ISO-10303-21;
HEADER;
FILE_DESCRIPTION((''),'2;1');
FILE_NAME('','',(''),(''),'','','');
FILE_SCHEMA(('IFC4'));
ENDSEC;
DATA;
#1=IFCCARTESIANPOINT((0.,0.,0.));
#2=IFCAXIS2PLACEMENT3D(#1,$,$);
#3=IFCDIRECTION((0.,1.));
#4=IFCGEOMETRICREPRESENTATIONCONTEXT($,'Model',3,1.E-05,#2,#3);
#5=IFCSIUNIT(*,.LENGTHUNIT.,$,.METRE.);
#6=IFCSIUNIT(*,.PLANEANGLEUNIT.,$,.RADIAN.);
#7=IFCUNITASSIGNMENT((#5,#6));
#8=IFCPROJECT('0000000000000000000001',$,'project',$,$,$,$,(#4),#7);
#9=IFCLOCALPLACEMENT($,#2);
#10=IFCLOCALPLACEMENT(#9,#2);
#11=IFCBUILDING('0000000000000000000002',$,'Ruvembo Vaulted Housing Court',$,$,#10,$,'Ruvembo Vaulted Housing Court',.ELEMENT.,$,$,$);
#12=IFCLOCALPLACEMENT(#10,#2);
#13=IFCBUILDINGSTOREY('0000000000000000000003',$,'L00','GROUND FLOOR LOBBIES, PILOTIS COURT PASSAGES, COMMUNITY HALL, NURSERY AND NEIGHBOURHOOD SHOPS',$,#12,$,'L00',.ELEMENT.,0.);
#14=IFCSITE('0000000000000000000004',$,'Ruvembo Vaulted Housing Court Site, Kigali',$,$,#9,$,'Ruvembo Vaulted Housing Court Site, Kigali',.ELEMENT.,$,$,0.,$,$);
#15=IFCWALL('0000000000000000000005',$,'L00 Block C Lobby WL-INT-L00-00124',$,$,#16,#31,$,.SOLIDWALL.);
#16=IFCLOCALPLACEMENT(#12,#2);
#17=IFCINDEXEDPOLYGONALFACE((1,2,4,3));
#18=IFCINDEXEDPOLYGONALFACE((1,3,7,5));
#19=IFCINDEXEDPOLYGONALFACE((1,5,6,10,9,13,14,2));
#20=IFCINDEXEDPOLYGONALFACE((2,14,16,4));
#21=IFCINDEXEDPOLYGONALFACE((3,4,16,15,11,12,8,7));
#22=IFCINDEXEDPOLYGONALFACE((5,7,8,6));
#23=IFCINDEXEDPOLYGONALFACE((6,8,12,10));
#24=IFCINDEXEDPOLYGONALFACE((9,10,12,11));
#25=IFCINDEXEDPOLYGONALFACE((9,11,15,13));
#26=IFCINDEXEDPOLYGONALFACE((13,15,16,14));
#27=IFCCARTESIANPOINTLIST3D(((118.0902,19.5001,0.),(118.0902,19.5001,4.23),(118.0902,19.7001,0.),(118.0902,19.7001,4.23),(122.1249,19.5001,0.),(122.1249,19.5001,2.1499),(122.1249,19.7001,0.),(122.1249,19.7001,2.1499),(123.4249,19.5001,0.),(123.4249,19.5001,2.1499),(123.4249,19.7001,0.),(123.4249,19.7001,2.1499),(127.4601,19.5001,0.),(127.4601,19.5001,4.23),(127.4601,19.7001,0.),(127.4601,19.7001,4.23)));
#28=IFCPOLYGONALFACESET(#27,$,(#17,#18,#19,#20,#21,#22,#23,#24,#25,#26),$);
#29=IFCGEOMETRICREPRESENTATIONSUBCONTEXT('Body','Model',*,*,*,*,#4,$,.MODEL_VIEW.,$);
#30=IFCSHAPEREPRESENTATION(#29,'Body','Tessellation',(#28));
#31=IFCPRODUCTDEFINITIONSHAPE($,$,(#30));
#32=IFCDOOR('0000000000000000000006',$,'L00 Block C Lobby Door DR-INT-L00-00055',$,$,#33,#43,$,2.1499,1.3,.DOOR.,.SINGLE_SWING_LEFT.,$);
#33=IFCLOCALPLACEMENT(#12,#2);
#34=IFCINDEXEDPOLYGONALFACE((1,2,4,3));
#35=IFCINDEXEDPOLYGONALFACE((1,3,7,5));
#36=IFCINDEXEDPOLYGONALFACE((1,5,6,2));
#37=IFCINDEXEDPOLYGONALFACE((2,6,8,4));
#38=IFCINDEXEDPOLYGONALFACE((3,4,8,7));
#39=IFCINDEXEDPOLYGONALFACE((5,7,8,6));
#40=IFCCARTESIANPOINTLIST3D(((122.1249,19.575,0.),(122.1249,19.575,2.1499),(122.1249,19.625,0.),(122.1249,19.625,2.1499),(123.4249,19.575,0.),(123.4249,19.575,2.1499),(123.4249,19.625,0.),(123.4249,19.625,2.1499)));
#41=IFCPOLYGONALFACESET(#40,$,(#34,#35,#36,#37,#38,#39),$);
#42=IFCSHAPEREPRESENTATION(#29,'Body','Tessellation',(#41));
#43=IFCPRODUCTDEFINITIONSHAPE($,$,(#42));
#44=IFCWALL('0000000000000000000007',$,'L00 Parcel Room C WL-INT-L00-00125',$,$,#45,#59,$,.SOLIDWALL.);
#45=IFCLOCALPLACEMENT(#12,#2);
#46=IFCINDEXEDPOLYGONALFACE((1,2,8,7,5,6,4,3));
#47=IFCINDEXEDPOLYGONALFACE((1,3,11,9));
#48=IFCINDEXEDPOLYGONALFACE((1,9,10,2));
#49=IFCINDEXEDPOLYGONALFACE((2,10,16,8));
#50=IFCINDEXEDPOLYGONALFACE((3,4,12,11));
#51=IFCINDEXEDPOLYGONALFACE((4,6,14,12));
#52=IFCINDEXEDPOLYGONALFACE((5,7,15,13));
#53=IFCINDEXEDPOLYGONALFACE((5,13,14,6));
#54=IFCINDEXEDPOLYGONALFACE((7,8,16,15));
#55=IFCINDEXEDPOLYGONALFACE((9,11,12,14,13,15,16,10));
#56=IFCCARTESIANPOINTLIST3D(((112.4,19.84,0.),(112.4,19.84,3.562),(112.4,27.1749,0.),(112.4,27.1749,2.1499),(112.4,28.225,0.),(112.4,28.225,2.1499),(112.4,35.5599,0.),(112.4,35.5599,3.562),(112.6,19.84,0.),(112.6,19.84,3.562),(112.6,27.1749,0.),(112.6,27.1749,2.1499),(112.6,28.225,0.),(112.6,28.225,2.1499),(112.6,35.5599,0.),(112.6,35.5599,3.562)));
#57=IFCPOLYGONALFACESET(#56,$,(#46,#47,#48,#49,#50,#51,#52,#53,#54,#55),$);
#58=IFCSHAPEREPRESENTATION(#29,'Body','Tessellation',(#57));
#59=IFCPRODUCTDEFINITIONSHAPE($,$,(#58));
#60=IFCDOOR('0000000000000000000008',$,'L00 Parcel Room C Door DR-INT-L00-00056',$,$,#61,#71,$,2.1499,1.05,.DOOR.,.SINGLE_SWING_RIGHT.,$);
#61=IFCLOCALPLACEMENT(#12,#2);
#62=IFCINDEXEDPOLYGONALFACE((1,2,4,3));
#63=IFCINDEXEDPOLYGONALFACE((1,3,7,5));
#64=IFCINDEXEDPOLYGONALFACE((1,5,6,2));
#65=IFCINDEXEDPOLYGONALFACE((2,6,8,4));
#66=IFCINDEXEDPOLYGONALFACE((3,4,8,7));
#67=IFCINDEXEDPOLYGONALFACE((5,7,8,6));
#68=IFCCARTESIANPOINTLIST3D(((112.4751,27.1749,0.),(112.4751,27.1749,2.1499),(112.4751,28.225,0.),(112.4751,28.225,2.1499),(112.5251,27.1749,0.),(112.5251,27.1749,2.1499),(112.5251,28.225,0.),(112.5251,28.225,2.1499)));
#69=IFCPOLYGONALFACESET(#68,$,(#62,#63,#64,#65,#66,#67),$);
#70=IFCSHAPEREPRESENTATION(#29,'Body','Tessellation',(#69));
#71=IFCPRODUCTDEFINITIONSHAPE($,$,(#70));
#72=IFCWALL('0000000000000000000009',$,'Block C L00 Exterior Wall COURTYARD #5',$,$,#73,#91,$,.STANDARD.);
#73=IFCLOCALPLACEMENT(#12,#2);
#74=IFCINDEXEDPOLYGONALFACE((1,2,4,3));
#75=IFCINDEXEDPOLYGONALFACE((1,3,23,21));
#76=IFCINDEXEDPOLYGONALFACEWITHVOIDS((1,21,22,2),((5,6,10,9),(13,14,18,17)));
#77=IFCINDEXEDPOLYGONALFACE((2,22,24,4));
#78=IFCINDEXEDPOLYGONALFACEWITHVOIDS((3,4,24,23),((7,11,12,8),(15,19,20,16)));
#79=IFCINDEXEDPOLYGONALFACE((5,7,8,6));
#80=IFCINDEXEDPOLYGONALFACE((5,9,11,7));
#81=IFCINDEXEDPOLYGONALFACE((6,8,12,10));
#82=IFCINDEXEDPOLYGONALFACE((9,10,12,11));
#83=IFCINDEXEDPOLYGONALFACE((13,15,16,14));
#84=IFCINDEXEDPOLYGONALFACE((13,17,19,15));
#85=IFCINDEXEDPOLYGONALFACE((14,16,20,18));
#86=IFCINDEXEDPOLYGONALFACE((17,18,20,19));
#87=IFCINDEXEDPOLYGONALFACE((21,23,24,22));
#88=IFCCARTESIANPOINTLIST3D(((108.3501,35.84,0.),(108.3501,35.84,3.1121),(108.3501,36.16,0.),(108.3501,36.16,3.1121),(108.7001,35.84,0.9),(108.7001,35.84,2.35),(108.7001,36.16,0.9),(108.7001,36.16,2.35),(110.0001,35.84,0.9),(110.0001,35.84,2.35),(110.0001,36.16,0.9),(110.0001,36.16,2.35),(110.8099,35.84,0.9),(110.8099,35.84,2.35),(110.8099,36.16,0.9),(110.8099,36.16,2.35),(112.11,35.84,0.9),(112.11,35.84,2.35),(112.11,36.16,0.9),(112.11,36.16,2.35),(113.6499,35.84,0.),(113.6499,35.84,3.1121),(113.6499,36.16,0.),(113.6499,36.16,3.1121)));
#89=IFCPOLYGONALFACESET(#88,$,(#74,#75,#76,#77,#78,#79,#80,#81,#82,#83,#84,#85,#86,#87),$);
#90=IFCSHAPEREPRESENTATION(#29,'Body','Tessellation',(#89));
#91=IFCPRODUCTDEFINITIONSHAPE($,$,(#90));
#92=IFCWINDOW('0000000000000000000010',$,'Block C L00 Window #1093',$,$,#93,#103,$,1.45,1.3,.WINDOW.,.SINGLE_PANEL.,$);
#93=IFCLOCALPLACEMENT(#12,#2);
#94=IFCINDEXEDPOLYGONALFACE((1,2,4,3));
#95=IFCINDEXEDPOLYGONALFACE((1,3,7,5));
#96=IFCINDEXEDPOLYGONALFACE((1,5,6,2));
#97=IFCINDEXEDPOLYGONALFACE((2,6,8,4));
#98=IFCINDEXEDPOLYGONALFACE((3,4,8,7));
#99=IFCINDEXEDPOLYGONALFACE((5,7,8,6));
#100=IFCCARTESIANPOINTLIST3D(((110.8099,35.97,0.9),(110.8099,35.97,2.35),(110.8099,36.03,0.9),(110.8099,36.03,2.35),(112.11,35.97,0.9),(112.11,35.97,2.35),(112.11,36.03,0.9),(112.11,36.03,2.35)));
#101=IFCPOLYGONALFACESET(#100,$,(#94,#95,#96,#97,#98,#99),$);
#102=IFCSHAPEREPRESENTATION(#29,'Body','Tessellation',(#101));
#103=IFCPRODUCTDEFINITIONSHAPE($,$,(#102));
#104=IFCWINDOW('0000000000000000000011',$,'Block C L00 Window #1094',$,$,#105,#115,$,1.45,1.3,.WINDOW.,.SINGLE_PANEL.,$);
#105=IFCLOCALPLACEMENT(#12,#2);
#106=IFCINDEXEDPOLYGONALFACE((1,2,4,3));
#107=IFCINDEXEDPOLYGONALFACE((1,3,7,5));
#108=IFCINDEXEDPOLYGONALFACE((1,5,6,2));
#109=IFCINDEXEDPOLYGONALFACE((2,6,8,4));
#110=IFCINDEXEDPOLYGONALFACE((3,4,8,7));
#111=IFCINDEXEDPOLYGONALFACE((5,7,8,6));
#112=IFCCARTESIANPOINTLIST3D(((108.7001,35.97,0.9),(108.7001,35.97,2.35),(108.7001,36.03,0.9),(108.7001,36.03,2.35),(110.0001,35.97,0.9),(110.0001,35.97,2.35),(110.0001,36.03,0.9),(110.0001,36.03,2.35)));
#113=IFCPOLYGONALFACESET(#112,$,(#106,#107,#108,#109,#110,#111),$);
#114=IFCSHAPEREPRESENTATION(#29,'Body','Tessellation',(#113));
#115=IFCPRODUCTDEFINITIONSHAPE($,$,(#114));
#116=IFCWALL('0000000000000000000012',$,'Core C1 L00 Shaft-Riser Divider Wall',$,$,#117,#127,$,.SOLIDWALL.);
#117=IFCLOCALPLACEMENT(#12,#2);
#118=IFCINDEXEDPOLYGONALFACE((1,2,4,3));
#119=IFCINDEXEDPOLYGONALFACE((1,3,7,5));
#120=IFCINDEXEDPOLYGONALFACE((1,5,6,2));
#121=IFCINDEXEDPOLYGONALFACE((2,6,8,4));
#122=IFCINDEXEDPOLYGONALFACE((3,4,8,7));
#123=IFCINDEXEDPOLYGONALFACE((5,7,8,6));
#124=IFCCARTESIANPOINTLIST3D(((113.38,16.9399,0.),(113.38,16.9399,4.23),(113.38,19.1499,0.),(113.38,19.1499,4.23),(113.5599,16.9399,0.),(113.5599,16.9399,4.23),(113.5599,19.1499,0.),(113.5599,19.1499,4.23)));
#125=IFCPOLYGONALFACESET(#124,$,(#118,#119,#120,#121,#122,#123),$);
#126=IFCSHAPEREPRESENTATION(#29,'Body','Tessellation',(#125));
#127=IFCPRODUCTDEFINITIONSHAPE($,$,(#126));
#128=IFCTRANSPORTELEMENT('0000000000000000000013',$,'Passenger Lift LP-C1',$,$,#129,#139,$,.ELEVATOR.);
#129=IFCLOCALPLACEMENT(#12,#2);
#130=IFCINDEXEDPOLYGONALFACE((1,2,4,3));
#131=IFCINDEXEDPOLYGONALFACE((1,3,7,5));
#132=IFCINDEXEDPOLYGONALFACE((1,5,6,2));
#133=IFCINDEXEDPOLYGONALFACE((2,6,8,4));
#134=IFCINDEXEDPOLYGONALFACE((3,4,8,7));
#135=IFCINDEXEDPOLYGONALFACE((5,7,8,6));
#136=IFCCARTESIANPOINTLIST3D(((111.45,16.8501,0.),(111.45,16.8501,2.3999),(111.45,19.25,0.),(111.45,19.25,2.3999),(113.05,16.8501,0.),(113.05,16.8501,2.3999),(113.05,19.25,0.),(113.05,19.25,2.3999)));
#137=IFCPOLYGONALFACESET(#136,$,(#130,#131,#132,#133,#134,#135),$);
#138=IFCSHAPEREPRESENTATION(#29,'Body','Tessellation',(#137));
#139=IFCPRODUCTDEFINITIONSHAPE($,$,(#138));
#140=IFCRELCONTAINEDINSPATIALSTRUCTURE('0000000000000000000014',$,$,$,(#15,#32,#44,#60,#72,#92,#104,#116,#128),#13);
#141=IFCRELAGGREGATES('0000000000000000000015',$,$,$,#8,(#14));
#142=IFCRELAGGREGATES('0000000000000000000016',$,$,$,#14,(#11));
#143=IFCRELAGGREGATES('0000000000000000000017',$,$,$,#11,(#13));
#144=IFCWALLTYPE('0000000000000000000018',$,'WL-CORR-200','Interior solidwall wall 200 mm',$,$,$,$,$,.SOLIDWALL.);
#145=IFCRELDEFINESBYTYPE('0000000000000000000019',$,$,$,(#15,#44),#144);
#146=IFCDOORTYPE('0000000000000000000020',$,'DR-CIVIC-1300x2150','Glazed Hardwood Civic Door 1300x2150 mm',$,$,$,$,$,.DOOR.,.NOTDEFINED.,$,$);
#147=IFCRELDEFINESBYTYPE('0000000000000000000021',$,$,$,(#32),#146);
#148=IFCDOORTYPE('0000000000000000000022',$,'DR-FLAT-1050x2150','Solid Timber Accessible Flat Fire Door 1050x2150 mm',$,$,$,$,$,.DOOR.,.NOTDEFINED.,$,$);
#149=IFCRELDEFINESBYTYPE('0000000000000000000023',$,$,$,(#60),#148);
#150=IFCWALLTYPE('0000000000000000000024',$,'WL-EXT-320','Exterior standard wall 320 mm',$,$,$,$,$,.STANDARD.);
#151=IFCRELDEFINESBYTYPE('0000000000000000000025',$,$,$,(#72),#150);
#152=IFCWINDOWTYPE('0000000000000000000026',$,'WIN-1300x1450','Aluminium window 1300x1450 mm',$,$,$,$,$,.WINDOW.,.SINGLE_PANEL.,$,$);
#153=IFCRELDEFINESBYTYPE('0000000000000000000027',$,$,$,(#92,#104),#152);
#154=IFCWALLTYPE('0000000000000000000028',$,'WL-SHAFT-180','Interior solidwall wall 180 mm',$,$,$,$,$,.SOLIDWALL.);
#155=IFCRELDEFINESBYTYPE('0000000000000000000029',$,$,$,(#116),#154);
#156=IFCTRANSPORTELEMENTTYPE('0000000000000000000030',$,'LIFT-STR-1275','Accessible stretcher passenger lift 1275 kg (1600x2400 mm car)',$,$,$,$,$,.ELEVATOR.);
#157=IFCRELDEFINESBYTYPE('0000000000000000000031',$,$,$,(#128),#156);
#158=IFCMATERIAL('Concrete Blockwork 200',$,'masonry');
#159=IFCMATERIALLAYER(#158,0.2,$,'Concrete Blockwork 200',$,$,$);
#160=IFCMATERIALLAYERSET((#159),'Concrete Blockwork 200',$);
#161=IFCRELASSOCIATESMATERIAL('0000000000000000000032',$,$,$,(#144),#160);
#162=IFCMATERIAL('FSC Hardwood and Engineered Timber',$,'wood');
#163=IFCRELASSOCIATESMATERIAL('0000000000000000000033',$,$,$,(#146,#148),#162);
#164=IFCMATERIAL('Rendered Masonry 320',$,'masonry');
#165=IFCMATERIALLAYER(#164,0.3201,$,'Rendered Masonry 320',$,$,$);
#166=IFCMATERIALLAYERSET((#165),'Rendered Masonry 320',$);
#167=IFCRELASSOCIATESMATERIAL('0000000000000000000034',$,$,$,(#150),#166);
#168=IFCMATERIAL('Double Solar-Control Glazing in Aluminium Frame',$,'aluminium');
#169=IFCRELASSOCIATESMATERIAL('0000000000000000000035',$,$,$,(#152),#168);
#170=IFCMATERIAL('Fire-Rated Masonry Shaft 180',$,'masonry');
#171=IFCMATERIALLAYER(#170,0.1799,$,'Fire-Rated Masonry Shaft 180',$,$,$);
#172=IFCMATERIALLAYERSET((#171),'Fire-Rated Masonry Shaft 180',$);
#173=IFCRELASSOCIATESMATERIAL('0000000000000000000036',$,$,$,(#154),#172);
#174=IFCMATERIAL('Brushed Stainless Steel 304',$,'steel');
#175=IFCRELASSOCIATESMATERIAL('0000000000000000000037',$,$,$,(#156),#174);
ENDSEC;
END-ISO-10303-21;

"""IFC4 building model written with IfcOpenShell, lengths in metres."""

from ifc_helpers import new_model, si_unit, direction, frame, frame_2d, origin, origin_2d, place, context, subcontext, project, spatial, rectangle, extrude, material, layer, layer_set, type_object, element, fill, save


model = new_model("IFC4")

# Units and contexts
model_context = context("Model", 3, precision=1e-05, world=origin(), true_north=direction((0.0, 1.0)))
body_context = subcontext(model_context, "Body", "Model", "MODEL_VIEW")
ifc_project = project(units=[si_unit("LENGTHUNIT", "METRE"), si_unit("PLANEANGLEUNIT", "RADIAN")], contexts=[model_context])

# Site, building, storey
site_placement = place(None, origin())
site = spatial("IfcSite", under=ifc_project, at=site_placement, Name="Ruvembo Vaulted Housing Court Site, Kigali", LongName="Ruvembo Vaulted Housing Court Site, Kigali", CompositionType="ELEMENT", RefElevation=0.0)
building_placement = place(site_placement, origin())
building = spatial("IfcBuilding", under=site, at=building_placement, Name="Ruvembo Vaulted Housing Court", LongName="Ruvembo Vaulted Housing Court", CompositionType="ELEMENT")
storey_placement = place(building_placement, origin())
storey = spatial("IfcBuildingStorey", under=building, at=storey_placement, Name="L00", Description="GROUND FLOOR LOBBIES, PILOTIS COURT PASSAGES, COMMUNITY HALL, NURSERY AND NEIGHBOURHOOD SHOPS", LongName="L00", CompositionType="ELEMENT", Elevation=0.0)

# Shared definitions
ifc_material_1 = material(Name="Concrete Blockwork 200", Category="masonry")
ifc_layer_1 = layer(ifc_material_1, 0.2, Name="Concrete Blockwork 200")
ifc_layer_set_1 = layer_set([ifc_layer_1], Name="Concrete Blockwork 200")
wall_type_1 = type_object("IfcWallType", Name="WL-CORR-200", Description="Interior solidwall wall 200 mm", PredefinedType="SOLIDWALL", material=ifc_layer_set_1)

# Walls, openings, doors
wall_1_placement = place(storey_placement, frame((118.0901, 19.6001, 0.0), z_axis=(0.0, 0.0, 1.0), x_axis=(1.0, 0.0, 0.0)))
wall_1 = element("IfcWall", 1, at=wall_1_placement, inside=storey, type_object=wall_type_1, Name="L00 Block C Lobby WL-INT-L00-00124", PredefinedType="SOLIDWALL", context=body_context, shape_type="SweptSolid", body=[
    extrude(rectangle(XDim=9.3699, YDim=0.2, at=frame_2d((4.6851, 0.0))), origin(), (0.0, 0.0, 1.0), 4.23),
])
opening_1_placement = place(wall_1_placement, frame((4.0349, 0.0, 0.0)))
opening_1 = element("IfcOpeningElement", 2, at=opening_1_placement, cuts=wall_1, PredefinedType="OPENING", context=body_context, shape_type="SweptSolid", body=[
    extrude(rectangle(XDim=1.3, YDim=2.1499, at=frame_2d((0.6499, 1.075))), frame((0.0, 0.1099, 0.0), z_axis=(0.0, -1.0, 0.0), x_axis=(1.0, 0.0, 0.0)), (0.0, 0.0, 1.0), 0.22),
])
ifc_material_2 = material(Name="FSC Hardwood and Engineered Timber", Category="wood")
door_type_1 = type_object("IfcDoorType", Name="DR-CIVIC-1300x2150", Description="Glazed Hardwood Civic Door 1300x2150 mm", OperationType="NOTDEFINED", PredefinedType="DOOR", material=ifc_material_2)
door_1_placement = place(opening_1_placement, origin())
door_1 = element("IfcDoor", 3, at=door_1_placement, inside=storey, type_object=door_type_1, Name="L00 Block C Lobby Door DR-INT-L00-00055", OperationType="SINGLE_SWING_LEFT", OverallHeight=2.1499, OverallWidth=1.3, PredefinedType="DOOR", context=body_context, shape_type="SweptSolid", body=[
    extrude(rectangle(XDim=1.3, YDim=2.1499, at=frame_2d((0.6499, 1.075))), frame((0.0, 0.0249, 0.0), z_axis=(0.0, -1.0, 0.0), x_axis=(1.0, 0.0, 0.0)), (0.0, 0.0, 1.0), 0.05),
])
fill(opening_1, door_1)
wall_2_placement = place(storey_placement, frame((112.5, 19.8401, 0.0), z_axis=(0.0, 0.0, 1.0), x_axis=(0.0, 1.0, 0.0)))
wall_2 = element("IfcWall", 4, at=wall_2_placement, inside=storey, type_object=wall_type_1, Name="L00 Parcel Room C WL-INT-L00-00125", PredefinedType="SOLIDWALL", context=body_context, shape_type="SweptSolid", body=[
    extrude(rectangle(XDim=15.72, YDim=0.2, at=frame_2d((7.8599, 0.0))), origin(), (0.0, 0.0, 1.0), 3.562),
])
opening_2_placement = place(wall_2_placement, frame((7.335, 0.0, 0.0)))
opening_2 = element("IfcOpeningElement", 5, at=opening_2_placement, cuts=wall_2, PredefinedType="OPENING", context=body_context, shape_type="SweptSolid", body=[
    extrude(rectangle(XDim=1.05, YDim=2.1499, at=frame_2d((0.5249, 1.075))), frame((0.0, 0.1099, 0.0), z_axis=(0.0, -1.0, 0.0), x_axis=(1.0, 0.0, 0.0)), (0.0, 0.0, 1.0), 0.22),
])
door_type_2 = type_object("IfcDoorType", Name="DR-FLAT-1050x2150", Description="Solid Timber Accessible Flat Fire Door 1050x2150 mm", OperationType="NOTDEFINED", PredefinedType="DOOR", material=ifc_material_2)
door_2_placement = place(opening_2_placement, origin())
door_2 = element("IfcDoor", 6, at=door_2_placement, inside=storey, type_object=door_type_2, Name="L00 Parcel Room C Door DR-INT-L00-00056", OperationType="SINGLE_SWING_RIGHT", OverallHeight=2.1499, OverallWidth=1.05, PredefinedType="DOOR", context=body_context, shape_type="SweptSolid", body=[
    extrude(rectangle(XDim=1.05, YDim=2.1499, at=frame_2d((0.5249, 1.075))), frame((0.0, 0.0249, 0.0), z_axis=(0.0, -1.0, 0.0), x_axis=(1.0, 0.0, 0.0)), (0.0, 0.0, 1.0), 0.05),
])
fill(opening_2, door_2)

# Wall, openings, windows
ifc_material_3 = material(Name="Rendered Masonry 320", Category="masonry")
ifc_layer_2 = layer(ifc_material_3, 0.3201, Name="Rendered Masonry 320")
ifc_layer_set_2 = layer_set([ifc_layer_2], Name="Rendered Masonry 320")
wall_type_2 = type_object("IfcWallType", Name="WL-EXT-320", Description="Exterior standard wall 320 mm", PredefinedType="STANDARD", material=ifc_layer_set_2)
wall_3_placement = place(storey_placement, frame((113.6499, 36.0, 0.0), z_axis=(0.0, 0.0, 1.0), x_axis=(-1.0, 0.0, 0.0)))
wall_3 = element("IfcWall", 7, at=wall_3_placement, inside=storey, type_object=wall_type_2, Name="Block C L00 Exterior Wall COURTYARD #5", PredefinedType="STANDARD", context=body_context, shape_type="SweptSolid", body=[
    extrude(rectangle(XDim=5.2998, YDim=0.3201, at=frame_2d((2.6499, 0.0))), origin(), (0.0, 0.0, 1.0), 3.1121),
])
opening_3_placement = place(wall_3_placement, frame((1.54, 0.0, 0.8999)))
opening_3 = element("IfcOpeningElement", 8, at=opening_3_placement, cuts=wall_3, PredefinedType="OPENING", context=body_context, shape_type="SweptSolid", body=[
    extrude(rectangle(XDim=1.3, YDim=1.45, at=frame_2d((0.6499, 0.7251))), frame((0.0, 0.1699, 0.0), z_axis=(0.0, -1.0, 0.0), x_axis=(1.0, 0.0, 0.0)), (0.0, 0.0, 1.0), 0.3401),
])
opening_4_placement = place(wall_3_placement, frame((3.6499, 0.0, 0.8999)))
opening_4 = element("IfcOpeningElement", 9, at=opening_4_placement, cuts=wall_3, PredefinedType="OPENING", context=body_context, shape_type="SweptSolid", body=[
    extrude(rectangle(XDim=1.3, YDim=1.45, at=frame_2d((0.6499, 0.7251))), frame((0.0, 0.1699, 0.0), z_axis=(0.0, -1.0, 0.0), x_axis=(1.0, 0.0, 0.0)), (0.0, 0.0, 1.0), 0.3401),
])
ifc_material_4 = material(Name="Double Solar-Control Glazing in Aluminium Frame", Category="aluminium")
window_type = type_object("IfcWindowType", Name="WIN-1300x1450", Description="Aluminium window 1300x1450 mm", PartitioningType="SINGLE_PANEL", PredefinedType="WINDOW", material=ifc_material_4)
window_1_placement = place(opening_3_placement, origin())
window_1 = element("IfcWindow", 10, at=window_1_placement, inside=storey, type_object=window_type, Name="Block C L00 Window #1093", OverallHeight=1.45, OverallWidth=1.3, PartitioningType="SINGLE_PANEL", PredefinedType="WINDOW", context=body_context, shape_type="SweptSolid", body=[
    extrude(rectangle(XDim=1.3, YDim=1.45, at=frame_2d((0.6499, 0.7251))), frame((0.0, 0.03, 0.0), z_axis=(0.0, -1.0, 0.0), x_axis=(1.0, 0.0, 0.0)), (0.0, 0.0, 1.0), 0.0601),
])
fill(opening_3, window_1)
window_2_placement = place(opening_4_placement, origin())
window_2 = element("IfcWindow", 11, at=window_2_placement, inside=storey, type_object=window_type, Name="Block C L00 Window #1094", OverallHeight=1.45, OverallWidth=1.3, PartitioningType="SINGLE_PANEL", PredefinedType="WINDOW", context=body_context, shape_type="SweptSolid", body=[
    extrude(rectangle(XDim=1.3, YDim=1.45, at=frame_2d((0.6499, 0.7251))), frame((0.0, 0.03, 0.0), z_axis=(0.0, -1.0, 0.0), x_axis=(1.0, 0.0, 0.0)), (0.0, 0.0, 1.0), 0.0601),
])
fill(opening_4, window_2)

# Wall
ifc_material_5 = material(Name="Fire-Rated Masonry Shaft 180", Category="masonry")
ifc_layer_3 = layer(ifc_material_5, 0.1799, Name="Fire-Rated Masonry Shaft 180")
ifc_layer_set_3 = layer_set([ifc_layer_3], Name="Fire-Rated Masonry Shaft 180")
wall_type_3 = type_object("IfcWallType", Name="WL-SHAFT-180", Description="Interior solidwall wall 180 mm", PredefinedType="SOLIDWALL", material=ifc_layer_set_3)
wall_4_placement = place(storey_placement, frame((113.47, 16.9399, 0.0), z_axis=(0.0, 0.0, 1.0), x_axis=(0.0, 1.0, 0.0)))
element("IfcWall", 12, at=wall_4_placement, inside=storey, type_object=wall_type_3, Name="Core C1 L00 Shaft-Riser Divider Wall", PredefinedType="SOLIDWALL", context=body_context, shape_type="SweptSolid", body=[
    extrude(rectangle(XDim=2.21, YDim=0.1799, at=frame_2d((1.105, 0.0))), origin(), (0.0, 0.0, 1.0), 4.23),
])

# Transport element
ifc_material_6 = material(Name="Brushed Stainless Steel 304", Category="steel")
transport_element_type = type_object("IfcTransportElementType", Name="LIFT-STR-1275", Description="Accessible stretcher passenger lift 1275 kg (1600x2400 mm car)", PredefinedType="ELEVATOR", material=ifc_material_6)
transport_element_placement = place(storey_placement, frame((112.25, 18.05, 0.0), z_axis=(0.0, 0.0, 1.0), x_axis=(1.0, 0.0, 0.0)))
element("IfcTransportElement", 13, at=transport_element_placement, inside=storey, type_object=transport_element_type, Name="Passenger Lift LP-C1", PredefinedType="ELEVATOR", context=body_context, shape_type="SweptSolid", body=[
    extrude(rectangle(XDim=1.6001, YDim=2.3999, at=origin_2d()), origin(), (0.0, 0.0, 1.0), 2.3999),
])

save(model, "model.ifc")
